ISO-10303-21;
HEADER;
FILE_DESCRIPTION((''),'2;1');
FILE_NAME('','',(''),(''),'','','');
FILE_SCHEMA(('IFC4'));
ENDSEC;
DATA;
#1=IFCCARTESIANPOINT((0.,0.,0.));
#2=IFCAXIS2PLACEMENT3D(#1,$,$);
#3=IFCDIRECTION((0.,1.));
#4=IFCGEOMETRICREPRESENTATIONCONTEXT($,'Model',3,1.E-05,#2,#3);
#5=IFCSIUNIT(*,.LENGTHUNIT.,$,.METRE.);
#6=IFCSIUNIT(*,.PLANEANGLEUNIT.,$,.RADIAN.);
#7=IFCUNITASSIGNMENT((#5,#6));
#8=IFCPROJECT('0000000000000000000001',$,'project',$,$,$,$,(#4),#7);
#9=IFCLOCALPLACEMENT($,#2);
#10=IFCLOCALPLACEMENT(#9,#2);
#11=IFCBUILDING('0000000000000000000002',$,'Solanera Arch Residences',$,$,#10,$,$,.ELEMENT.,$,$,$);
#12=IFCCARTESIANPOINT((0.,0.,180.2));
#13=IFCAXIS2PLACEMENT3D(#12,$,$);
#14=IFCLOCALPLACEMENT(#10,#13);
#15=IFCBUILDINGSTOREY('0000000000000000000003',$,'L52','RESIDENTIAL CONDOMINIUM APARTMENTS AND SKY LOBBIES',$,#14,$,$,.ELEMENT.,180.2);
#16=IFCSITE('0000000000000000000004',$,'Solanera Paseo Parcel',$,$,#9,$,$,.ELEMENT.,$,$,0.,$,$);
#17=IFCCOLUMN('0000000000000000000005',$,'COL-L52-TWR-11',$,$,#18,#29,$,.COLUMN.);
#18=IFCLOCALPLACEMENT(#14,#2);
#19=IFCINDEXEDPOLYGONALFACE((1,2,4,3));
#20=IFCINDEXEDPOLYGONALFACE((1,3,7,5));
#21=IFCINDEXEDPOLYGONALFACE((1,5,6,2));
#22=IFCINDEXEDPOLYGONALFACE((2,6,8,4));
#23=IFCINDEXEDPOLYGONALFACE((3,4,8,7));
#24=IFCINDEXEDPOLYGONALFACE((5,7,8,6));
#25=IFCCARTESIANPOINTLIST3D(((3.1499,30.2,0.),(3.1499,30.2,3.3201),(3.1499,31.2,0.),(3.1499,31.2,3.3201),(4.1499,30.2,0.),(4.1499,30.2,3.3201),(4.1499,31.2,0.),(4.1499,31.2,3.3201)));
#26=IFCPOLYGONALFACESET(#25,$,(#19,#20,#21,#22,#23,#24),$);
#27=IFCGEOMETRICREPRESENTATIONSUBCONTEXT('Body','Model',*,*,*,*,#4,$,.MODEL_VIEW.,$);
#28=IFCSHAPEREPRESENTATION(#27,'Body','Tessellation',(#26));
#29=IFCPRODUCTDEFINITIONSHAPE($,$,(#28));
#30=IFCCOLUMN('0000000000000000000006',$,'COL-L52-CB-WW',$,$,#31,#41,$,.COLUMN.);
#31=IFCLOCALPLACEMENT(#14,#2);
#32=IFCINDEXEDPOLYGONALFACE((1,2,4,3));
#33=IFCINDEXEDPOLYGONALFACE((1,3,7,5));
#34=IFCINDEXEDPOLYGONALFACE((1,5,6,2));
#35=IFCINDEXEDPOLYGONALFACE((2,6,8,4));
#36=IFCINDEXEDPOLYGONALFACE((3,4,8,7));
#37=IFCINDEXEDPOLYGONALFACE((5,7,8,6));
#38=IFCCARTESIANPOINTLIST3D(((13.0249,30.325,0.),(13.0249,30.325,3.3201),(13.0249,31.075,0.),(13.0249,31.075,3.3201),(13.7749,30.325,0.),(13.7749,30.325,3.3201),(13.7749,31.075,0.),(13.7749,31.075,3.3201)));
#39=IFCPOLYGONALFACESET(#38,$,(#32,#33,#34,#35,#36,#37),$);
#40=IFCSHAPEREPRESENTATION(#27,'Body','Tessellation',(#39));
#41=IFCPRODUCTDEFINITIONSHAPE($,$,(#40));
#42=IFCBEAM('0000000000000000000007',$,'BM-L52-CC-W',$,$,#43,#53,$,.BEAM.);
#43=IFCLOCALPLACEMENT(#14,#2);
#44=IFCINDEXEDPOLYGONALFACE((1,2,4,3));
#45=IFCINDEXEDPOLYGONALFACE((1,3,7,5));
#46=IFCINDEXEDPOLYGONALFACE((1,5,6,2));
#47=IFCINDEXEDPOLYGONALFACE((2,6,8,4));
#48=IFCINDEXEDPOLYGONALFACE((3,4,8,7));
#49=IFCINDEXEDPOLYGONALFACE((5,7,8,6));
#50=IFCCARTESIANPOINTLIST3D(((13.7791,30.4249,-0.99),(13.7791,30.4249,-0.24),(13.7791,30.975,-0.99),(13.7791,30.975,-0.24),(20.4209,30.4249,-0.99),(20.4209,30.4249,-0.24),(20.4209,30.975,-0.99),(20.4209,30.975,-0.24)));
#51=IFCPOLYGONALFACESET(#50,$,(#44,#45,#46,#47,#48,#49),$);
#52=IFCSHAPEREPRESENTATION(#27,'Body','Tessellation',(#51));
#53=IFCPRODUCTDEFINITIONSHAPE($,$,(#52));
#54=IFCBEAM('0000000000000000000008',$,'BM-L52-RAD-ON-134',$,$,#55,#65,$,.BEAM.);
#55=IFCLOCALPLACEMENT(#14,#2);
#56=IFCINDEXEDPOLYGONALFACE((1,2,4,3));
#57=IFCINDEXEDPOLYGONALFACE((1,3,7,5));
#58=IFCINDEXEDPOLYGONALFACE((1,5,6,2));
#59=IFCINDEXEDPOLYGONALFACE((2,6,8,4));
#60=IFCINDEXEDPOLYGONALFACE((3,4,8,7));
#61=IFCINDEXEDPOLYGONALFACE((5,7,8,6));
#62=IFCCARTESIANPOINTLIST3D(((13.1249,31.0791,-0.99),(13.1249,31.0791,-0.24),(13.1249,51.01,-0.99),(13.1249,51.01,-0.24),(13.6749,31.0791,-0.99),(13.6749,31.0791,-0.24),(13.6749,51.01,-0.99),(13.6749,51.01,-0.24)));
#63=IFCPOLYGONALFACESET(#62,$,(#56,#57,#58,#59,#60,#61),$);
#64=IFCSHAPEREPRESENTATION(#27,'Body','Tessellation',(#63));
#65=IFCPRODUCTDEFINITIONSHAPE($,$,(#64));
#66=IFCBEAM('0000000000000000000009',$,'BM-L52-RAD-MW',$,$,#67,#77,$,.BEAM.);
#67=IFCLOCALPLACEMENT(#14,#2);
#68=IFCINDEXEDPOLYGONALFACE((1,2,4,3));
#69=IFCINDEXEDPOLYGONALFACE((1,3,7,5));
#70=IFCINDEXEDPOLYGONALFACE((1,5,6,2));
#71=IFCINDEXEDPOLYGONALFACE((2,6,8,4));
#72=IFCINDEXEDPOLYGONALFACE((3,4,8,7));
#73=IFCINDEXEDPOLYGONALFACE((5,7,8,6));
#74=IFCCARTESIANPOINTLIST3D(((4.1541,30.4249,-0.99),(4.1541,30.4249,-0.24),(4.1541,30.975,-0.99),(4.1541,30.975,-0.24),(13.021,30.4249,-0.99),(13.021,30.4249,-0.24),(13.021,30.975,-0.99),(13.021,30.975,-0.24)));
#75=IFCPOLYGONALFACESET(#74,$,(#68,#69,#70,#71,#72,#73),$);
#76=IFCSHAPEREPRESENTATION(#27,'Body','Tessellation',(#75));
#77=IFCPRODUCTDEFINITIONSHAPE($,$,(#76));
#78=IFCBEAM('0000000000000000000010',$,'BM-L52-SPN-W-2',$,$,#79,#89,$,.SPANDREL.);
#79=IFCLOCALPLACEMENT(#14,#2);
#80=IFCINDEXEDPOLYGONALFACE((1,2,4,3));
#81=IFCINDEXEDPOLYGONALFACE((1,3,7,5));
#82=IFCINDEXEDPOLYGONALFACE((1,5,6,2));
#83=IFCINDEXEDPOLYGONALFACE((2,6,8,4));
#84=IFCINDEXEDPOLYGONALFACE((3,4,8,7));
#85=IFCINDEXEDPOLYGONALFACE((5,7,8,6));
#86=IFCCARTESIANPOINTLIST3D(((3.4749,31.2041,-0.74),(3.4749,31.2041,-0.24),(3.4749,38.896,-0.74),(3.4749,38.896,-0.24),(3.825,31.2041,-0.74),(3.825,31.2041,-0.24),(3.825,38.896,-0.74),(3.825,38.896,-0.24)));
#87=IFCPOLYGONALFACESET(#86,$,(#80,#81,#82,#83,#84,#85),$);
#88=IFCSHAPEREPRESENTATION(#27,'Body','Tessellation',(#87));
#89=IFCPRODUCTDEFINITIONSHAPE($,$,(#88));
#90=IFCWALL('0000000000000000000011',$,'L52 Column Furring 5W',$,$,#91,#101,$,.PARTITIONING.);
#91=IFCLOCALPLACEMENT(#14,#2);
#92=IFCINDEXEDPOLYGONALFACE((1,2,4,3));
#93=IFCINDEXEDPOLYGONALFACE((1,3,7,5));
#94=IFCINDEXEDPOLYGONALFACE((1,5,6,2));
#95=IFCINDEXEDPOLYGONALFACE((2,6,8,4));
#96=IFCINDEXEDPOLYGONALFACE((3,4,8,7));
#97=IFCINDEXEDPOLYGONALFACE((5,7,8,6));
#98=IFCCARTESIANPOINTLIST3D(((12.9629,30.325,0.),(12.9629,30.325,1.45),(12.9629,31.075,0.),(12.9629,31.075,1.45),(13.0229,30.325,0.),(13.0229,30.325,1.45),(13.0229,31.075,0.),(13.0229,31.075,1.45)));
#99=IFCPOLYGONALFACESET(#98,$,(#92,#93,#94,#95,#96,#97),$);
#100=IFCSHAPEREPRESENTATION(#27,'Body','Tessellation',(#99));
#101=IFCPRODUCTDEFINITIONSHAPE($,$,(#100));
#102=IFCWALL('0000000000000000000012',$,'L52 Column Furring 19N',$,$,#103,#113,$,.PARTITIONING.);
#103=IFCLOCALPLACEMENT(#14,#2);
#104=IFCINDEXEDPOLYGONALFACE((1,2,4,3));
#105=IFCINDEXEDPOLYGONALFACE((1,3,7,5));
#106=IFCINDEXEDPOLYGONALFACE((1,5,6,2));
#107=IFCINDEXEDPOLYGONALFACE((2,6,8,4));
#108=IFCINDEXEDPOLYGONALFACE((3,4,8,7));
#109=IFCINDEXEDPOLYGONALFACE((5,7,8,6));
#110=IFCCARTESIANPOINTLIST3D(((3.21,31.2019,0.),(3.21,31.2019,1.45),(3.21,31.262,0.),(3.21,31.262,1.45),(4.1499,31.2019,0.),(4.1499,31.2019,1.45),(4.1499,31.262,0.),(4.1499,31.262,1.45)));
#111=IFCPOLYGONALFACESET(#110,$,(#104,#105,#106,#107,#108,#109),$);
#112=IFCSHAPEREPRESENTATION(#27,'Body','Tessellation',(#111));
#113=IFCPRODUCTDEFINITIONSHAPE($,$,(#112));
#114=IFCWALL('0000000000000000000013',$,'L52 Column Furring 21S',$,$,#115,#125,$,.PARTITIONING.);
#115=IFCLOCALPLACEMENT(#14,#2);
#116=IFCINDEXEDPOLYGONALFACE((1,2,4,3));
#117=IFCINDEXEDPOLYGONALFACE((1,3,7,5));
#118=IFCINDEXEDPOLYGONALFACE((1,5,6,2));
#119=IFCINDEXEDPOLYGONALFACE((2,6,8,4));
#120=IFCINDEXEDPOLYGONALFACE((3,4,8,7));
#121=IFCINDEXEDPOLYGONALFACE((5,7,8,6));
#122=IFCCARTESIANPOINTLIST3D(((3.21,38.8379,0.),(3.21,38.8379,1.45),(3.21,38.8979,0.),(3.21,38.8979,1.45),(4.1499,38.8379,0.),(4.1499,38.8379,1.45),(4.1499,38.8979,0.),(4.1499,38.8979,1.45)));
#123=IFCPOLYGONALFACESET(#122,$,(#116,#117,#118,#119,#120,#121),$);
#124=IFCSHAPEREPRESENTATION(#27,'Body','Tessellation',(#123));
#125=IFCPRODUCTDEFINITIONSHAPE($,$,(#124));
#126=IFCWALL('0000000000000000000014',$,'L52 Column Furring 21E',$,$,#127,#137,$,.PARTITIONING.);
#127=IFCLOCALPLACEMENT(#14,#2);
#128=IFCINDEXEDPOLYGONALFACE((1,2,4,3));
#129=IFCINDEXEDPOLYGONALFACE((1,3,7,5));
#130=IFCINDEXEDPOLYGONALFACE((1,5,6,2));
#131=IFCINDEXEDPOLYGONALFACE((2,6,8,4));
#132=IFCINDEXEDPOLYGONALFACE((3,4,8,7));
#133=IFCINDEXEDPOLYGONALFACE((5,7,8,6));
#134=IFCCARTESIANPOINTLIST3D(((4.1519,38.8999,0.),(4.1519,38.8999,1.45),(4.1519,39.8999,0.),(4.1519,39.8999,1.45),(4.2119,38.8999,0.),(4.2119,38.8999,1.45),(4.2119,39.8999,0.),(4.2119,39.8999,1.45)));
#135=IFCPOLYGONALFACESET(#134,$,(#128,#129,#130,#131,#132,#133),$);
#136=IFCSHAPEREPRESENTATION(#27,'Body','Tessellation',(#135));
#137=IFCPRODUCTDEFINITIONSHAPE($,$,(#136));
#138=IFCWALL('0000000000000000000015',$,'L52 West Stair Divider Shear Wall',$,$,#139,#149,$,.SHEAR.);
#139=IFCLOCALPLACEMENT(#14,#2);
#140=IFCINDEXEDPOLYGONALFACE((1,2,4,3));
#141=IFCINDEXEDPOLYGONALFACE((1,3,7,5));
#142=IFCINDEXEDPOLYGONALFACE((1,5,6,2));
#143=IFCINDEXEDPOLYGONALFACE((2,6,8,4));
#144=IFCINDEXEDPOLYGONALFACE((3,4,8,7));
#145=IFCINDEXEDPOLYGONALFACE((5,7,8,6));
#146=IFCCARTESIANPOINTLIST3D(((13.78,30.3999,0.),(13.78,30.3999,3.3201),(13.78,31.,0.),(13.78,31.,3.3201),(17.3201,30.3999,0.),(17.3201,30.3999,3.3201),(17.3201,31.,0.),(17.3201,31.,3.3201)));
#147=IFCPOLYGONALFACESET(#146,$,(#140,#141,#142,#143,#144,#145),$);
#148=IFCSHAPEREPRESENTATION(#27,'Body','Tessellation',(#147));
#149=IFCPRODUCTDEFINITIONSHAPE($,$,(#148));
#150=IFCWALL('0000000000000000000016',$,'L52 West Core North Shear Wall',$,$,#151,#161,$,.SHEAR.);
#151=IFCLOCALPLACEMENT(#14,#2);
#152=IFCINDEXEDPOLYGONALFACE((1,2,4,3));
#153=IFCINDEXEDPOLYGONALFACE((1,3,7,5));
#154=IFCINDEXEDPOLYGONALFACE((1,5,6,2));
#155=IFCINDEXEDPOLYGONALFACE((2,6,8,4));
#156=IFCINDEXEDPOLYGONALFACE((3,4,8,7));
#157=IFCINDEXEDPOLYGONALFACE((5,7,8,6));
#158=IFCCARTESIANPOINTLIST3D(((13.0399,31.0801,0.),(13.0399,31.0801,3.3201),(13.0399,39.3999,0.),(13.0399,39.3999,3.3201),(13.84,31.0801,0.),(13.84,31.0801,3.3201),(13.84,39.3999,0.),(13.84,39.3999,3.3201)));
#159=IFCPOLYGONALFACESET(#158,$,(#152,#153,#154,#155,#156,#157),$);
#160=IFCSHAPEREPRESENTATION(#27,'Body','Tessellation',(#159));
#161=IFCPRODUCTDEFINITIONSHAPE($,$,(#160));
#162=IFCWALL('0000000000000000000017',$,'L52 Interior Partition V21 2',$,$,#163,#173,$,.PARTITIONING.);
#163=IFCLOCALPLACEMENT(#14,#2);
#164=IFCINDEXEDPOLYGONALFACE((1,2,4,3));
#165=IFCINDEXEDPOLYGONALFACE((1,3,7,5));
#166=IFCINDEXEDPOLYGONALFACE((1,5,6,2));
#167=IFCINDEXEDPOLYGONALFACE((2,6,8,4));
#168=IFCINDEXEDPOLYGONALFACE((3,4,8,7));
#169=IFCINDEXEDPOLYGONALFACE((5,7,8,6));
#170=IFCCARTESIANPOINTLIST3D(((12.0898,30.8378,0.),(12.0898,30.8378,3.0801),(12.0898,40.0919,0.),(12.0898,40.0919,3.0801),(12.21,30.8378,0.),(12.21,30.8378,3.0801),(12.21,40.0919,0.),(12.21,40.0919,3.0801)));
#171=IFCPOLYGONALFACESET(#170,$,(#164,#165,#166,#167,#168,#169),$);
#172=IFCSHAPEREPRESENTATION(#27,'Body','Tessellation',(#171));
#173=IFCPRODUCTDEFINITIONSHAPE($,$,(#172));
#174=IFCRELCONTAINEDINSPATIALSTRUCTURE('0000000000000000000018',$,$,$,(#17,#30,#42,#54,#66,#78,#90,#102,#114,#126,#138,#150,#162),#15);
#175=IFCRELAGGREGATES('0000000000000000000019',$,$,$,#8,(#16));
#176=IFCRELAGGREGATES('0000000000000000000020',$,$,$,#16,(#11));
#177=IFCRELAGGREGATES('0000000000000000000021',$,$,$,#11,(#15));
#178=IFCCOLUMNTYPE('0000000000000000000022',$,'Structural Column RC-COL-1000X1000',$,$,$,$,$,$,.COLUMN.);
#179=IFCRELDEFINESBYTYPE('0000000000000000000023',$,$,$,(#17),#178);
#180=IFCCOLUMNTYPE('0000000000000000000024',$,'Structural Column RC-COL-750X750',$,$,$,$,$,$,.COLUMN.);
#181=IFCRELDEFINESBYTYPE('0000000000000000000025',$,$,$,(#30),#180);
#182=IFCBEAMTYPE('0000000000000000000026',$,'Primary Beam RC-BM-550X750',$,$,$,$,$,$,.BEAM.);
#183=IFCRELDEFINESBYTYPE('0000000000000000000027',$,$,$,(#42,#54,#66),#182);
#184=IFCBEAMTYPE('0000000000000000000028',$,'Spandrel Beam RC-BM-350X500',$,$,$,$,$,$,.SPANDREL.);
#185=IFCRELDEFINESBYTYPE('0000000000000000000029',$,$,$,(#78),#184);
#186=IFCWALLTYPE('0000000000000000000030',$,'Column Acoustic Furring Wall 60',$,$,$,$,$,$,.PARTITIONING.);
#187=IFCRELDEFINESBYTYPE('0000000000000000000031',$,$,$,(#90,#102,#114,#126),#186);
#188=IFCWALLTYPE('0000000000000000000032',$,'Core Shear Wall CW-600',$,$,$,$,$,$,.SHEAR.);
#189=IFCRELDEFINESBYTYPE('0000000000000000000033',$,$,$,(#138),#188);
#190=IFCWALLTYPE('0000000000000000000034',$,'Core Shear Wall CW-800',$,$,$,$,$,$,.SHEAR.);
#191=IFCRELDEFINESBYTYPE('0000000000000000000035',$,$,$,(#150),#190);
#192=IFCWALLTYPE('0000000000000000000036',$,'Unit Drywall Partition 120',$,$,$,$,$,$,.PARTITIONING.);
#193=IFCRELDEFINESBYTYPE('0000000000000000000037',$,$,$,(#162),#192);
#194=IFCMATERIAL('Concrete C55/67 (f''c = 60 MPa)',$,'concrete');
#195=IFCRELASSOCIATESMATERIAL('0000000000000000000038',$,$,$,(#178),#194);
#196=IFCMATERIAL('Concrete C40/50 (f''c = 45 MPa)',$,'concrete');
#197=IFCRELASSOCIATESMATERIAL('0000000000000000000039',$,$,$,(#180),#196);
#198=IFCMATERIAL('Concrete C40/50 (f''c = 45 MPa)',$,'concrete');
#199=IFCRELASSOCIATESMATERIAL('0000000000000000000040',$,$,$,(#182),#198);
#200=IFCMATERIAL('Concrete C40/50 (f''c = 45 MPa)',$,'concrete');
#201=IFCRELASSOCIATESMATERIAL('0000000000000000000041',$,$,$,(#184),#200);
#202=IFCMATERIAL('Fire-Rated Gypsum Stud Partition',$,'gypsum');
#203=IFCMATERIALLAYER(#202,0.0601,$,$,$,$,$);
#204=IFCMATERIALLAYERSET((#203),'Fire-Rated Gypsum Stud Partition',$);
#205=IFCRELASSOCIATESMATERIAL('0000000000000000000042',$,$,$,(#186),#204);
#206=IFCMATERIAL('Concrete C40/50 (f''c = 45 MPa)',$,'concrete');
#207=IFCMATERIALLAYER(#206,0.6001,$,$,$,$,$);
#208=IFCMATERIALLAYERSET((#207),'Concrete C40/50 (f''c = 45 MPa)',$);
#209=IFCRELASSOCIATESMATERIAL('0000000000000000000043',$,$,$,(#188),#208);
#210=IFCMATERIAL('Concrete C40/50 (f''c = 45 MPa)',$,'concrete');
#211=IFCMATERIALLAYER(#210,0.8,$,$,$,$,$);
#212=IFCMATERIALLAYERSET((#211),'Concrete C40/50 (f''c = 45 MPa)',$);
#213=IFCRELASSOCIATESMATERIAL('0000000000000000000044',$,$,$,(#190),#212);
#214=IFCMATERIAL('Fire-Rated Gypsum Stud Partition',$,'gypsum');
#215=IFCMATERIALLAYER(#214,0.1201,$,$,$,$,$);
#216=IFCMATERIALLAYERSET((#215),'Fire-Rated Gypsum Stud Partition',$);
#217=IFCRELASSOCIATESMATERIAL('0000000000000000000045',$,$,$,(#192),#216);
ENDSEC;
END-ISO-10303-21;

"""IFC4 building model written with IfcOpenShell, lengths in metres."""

from ifc_helpers import new_model, si_unit, direction, frame, frame_2d, origin, origin_2d, place, context, subcontext, project, spatial, rectangle, extrude, material, layer, layer_set, material_profile, profile_set, type_object, element, save


model = new_model("IFC4")

# Units and contexts
model_context = context("Model", 3, precision=1e-05, world=origin(), true_north=direction((0.0, 1.0)))
body_context = subcontext(model_context, "Body", "Model", "MODEL_VIEW")
ifc_project = project(units=[si_unit("LENGTHUNIT", "METRE"), si_unit("PLANEANGLEUNIT", "RADIAN")], contexts=[model_context])

# Site, building, storey
site_placement = place(None, origin())
site = spatial("IfcSite", under=ifc_project, at=site_placement, Name="Solanera Paseo Parcel", CompositionType="ELEMENT", RefElevation=0.0)
building_placement = place(site_placement, origin())
building = spatial("IfcBuilding", under=site, at=building_placement, Name="Solanera Arch Residences", CompositionType="ELEMENT")
storey_placement = place(building_placement, frame((0.0, 0.0, 180.2)))
storey = spatial("IfcBuildingStorey", under=building, at=storey_placement, Name="L52", Description="RESIDENTIAL CONDOMINIUM APARTMENTS AND SKY LOBBIES", CompositionType="ELEMENT", Elevation=180.2)

# Columns
ifc_material_1 = material(Name="Concrete C55/67 (f'c = 60 MPa)", Category="concrete")
ifc_material_profile_1 = material_profile(ifc_material_1, rectangle(XDim=1.0, YDim=1.0, at=origin_2d()))
ifc_profile_set_1 = profile_set([ifc_material_profile_1], Name="Concrete C55/67 (f'c = 60 MPa)")
column_type_1 = type_object("IfcColumnType", Name="Structural Column RC-COL-1000X1000", PredefinedType="COLUMN", material=ifc_profile_set_1)
column_1_placement = place(storey_placement, frame((3.6499, 30.7, 0.0), z_axis=(0.0, 0.0, 1.0), x_axis=(1.0, 0.0, 0.0)))
element("IfcColumn", 1, at=column_1_placement, inside=storey, type_object=column_type_1, Name="COL-L52-TWR-11", PredefinedType="COLUMN", context=body_context, shape_type="SweptSolid", body=[
    extrude(rectangle(XDim=1.0, YDim=1.0, at=origin_2d()), origin(), (0.0, 0.0, 1.0), 3.3201),
])
ifc_material_2 = material(Name="Concrete C40/50 (f'c = 45 MPa)", Category="concrete")
ifc_material_profile_2 = material_profile(ifc_material_2, rectangle(XDim=0.75, YDim=0.75, at=origin_2d()))
ifc_profile_set_2 = profile_set([ifc_material_profile_2], Name="Concrete C40/50 (f'c = 45 MPa)")
column_type_2 = type_object("IfcColumnType", Name="Structural Column RC-COL-750X750", PredefinedType="COLUMN", material=ifc_profile_set_2)
column_2_placement = place(storey_placement, frame((13.3999, 30.7, 0.0), z_axis=(0.0, 0.0, 1.0), x_axis=(1.0, 0.0, 0.0)))
element("IfcColumn", 2, at=column_2_placement, inside=storey, type_object=column_type_2, Name="COL-L52-CB-WW", PredefinedType="COLUMN", context=body_context, shape_type="SweptSolid", body=[
    extrude(rectangle(XDim=0.75, YDim=0.75, at=origin_2d()), origin(), (0.0, 0.0, 1.0), 3.3201),
])

# Beams
ifc_material_3 = material(Name="Concrete C40/50 (f'c = 45 MPa)", Category="concrete")
ifc_material_profile_3 = material_profile(ifc_material_3, rectangle(XDim=0.55, YDim=0.75, at=origin_2d()))
ifc_profile_set_3 = profile_set([ifc_material_profile_3], Name="Concrete C40/50 (f'c = 45 MPa)")
beam_type_1 = type_object("IfcBeamType", Name="Primary Beam RC-BM-550X750", PredefinedType="BEAM", material=ifc_profile_set_3)
beam_1_placement = place(storey_placement, frame((13.7791, 30.7, -0.615), z_axis=(1.0, 0.0, 0.0), x_axis=(0.0, 1.0, 0.0)))
element("IfcBeam", 3, at=beam_1_placement, inside=storey, type_object=beam_type_1, Name="BM-L52-CC-W", PredefinedType="BEAM", context=body_context, shape_type="SweptSolid", body=[
    extrude(rectangle(XDim=0.55, YDim=0.75, at=origin_2d()), origin(), (0.0, 0.0, 1.0), 6.6418),
])
beam_2_placement = place(storey_placement, frame((13.3999, 31.0791, -0.615), z_axis=(0.0, 1.0, 0.0), x_axis=(-1.0, 0.0, 0.0)))
element("IfcBeam", 4, at=beam_2_placement, inside=storey, type_object=beam_type_1, Name="BM-L52-RAD-ON-134", PredefinedType="BEAM", context=body_context, shape_type="SweptSolid", body=[
    extrude(rectangle(XDim=0.55, YDim=0.75, at=origin_2d()), origin(), (0.0, 0.0, 1.0), 19.9309),
])
beam_3_placement = place(storey_placement, frame((4.1541, 30.7, -0.615), z_axis=(1.0, 0.0, 0.0), x_axis=(0.0, 1.0, 0.0)))
element("IfcBeam", 5, at=beam_3_placement, inside=storey, type_object=beam_type_1, Name="BM-L52-RAD-MW", PredefinedType="BEAM", context=body_context, shape_type="SweptSolid", body=[
    extrude(rectangle(XDim=0.55, YDim=0.75, at=origin_2d()), origin(), (0.0, 0.0, 1.0), 8.8669),
])
ifc_material_4 = material(Name="Concrete C40/50 (f'c = 45 MPa)", Category="concrete")
ifc_material_profile_4 = material_profile(ifc_material_4, rectangle(XDim=0.3501, YDim=0.5, at=origin_2d()))
ifc_profile_set_4 = profile_set([ifc_material_profile_4], Name="Concrete C40/50 (f'c = 45 MPa)")
beam_type_2 = type_object("IfcBeamType", Name="Spandrel Beam RC-BM-350X500", PredefinedType="SPANDREL", material=ifc_profile_set_4)
beam_4_placement = place(storey_placement, frame((3.6499, 31.2041, -0.49), z_axis=(0.0, 1.0, 0.0), x_axis=(-1.0, 0.0, 0.0)))
element("IfcBeam", 6, at=beam_4_placement, inside=storey, type_object=beam_type_2, Name="BM-L52-SPN-W-2", PredefinedType="SPANDREL", context=body_context, shape_type="SweptSolid", body=[
    extrude(rectangle(XDim=0.3501, YDim=0.5, at=origin_2d()), origin(), (0.0, 0.0, 1.0), 7.6919),
])

# Walls
ifc_material_5 = material(Name="Fire-Rated Gypsum Stud Partition", Category="gypsum")
ifc_layer_1 = layer(ifc_material_5, 0.0601)
ifc_layer_set_1 = layer_set([ifc_layer_1], Name="Fire-Rated Gypsum Stud Partition")
wall_type_1 = type_object("IfcWallType", Name="Column Acoustic Furring Wall 60", PredefinedType="PARTITIONING", material=ifc_layer_set_1)
wall_1_placement = place(storey_placement, frame((12.9929, 30.325, 0.0), z_axis=(0.0, 0.0, 1.0), x_axis=(0.0, 1.0, 0.0)))
element("IfcWall", 7, at=wall_1_placement, inside=storey, type_object=wall_type_1, Name="L52 Column Furring 5W", PredefinedType="PARTITIONING", context=body_context, shape_type="SweptSolid", body=[
    extrude(rectangle(XDim=0.75, YDim=0.0601, at=frame_2d((0.375, 0.0))), origin(), (0.0, 0.0, 1.0), 1.45),
])
for number, where, z_axis, x_axis, name in (
    (8, (3.21, 31.2319, 0.0), (0.0, 0.0, 1.0), (1.0, 0.0, 0.0), "L52 Column Furring 19N"),
    (9, (3.21, 38.8679, 0.0), (0.0, 0.0, 1.0), (1.0, 0.0, 0.0), "L52 Column Furring 21S"),
):
    element("IfcWall", number, at=place(storey_placement, frame(where, z_axis=z_axis, x_axis=x_axis)), inside=storey, type_object=wall_type_1, Name=name, PredefinedType="PARTITIONING", context=body_context, shape_type="SweptSolid", body=[
        extrude(rectangle(XDim=0.9399, YDim=0.0601, at=frame_2d((0.47, 0.0))), origin(), (0.0, 0.0, 1.0), 1.45),
    ])
wall_2_placement = place(storey_placement, frame((4.1819, 38.8999, 0.0), z_axis=(0.0, 0.0, 1.0), x_axis=(0.0, 1.0, 0.0)))
element("IfcWall", 10, at=wall_2_placement, inside=storey, type_object=wall_type_1, Name="L52 Column Furring 21E", PredefinedType="PARTITIONING", context=body_context, shape_type="SweptSolid", body=[
    extrude(rectangle(XDim=1.0, YDim=0.0601, at=frame_2d((0.5, 0.0))), origin(), (0.0, 0.0, 1.0), 1.45),
])
ifc_material_6 = material(Name="Concrete C40/50 (f'c = 45 MPa)", Category="concrete")
ifc_layer_2 = layer(ifc_material_6, 0.6001)
ifc_layer_set_2 = layer_set([ifc_layer_2], Name="Concrete C40/50 (f'c = 45 MPa)")
wall_type_2 = type_object("IfcWallType", Name="Core Shear Wall CW-600", PredefinedType="SHEAR", material=ifc_layer_set_2)
wall_3_placement = place(storey_placement, frame((13.78, 30.7, 0.0), z_axis=(0.0, 0.0, 1.0), x_axis=(1.0, 0.0, 0.0)))
element("IfcWall", 11, at=wall_3_placement, inside=storey, type_object=wall_type_2, Name="L52 West Stair Divider Shear Wall", PredefinedType="SHEAR", context=body_context, shape_type="SweptSolid", body=[
    extrude(rectangle(XDim=3.54, YDim=0.6001, at=frame_2d((1.77, 0.0))), origin(), (0.0, 0.0, 1.0), 3.3201),
])
ifc_material_7 = material(Name="Concrete C40/50 (f'c = 45 MPa)", Category="concrete")
ifc_layer_3 = layer(ifc_material_7, 0.8)
ifc_layer_set_3 = layer_set([ifc_layer_3], Name="Concrete C40/50 (f'c = 45 MPa)")
wall_type_3 = type_object("IfcWallType", Name="Core Shear Wall CW-800", PredefinedType="SHEAR", material=ifc_layer_set_3)
wall_4_placement = place(storey_placement, frame((13.4399, 31.0801, 0.0), z_axis=(0.0, 0.0, 1.0), x_axis=(0.0, 1.0, 0.0)))
element("IfcWall", 12, at=wall_4_placement, inside=storey, type_object=wall_type_3, Name="L52 West Core North Shear Wall", PredefinedType="SHEAR", context=body_context, shape_type="SweptSolid", body=[
    extrude(rectangle(XDim=8.3198, YDim=0.8, at=frame_2d((4.1599, 0.0))), origin(), (0.0, 0.0, 1.0), 3.3201),
])
ifc_material_8 = material(Name="Fire-Rated Gypsum Stud Partition", Category="gypsum")
ifc_layer_4 = layer(ifc_material_8, 0.1201)
ifc_layer_set_4 = layer_set([ifc_layer_4], Name="Fire-Rated Gypsum Stud Partition")
wall_type_4 = type_object("IfcWallType", Name="Unit Drywall Partition 120", PredefinedType="PARTITIONING", material=ifc_layer_set_4)
wall_5_placement = place(storey_placement, frame((12.1499, 30.8379, 0.0), z_axis=(0.0, 0.0, 1.0), x_axis=(0.0, 1.0, 0.0)))
element("IfcWall", 13, at=wall_5_placement, inside=storey, type_object=wall_type_4, Name="L52 Interior Partition V21 2", PredefinedType="PARTITIONING", context=body_context, shape_type="SweptSolid", body=[
    extrude(rectangle(XDim=9.2542, YDim=0.1201, at=frame_2d((4.627, 0.0))), origin(), (0.0, 0.0, 1.0), 3.0801),
])

save(model, "model.ifc")
